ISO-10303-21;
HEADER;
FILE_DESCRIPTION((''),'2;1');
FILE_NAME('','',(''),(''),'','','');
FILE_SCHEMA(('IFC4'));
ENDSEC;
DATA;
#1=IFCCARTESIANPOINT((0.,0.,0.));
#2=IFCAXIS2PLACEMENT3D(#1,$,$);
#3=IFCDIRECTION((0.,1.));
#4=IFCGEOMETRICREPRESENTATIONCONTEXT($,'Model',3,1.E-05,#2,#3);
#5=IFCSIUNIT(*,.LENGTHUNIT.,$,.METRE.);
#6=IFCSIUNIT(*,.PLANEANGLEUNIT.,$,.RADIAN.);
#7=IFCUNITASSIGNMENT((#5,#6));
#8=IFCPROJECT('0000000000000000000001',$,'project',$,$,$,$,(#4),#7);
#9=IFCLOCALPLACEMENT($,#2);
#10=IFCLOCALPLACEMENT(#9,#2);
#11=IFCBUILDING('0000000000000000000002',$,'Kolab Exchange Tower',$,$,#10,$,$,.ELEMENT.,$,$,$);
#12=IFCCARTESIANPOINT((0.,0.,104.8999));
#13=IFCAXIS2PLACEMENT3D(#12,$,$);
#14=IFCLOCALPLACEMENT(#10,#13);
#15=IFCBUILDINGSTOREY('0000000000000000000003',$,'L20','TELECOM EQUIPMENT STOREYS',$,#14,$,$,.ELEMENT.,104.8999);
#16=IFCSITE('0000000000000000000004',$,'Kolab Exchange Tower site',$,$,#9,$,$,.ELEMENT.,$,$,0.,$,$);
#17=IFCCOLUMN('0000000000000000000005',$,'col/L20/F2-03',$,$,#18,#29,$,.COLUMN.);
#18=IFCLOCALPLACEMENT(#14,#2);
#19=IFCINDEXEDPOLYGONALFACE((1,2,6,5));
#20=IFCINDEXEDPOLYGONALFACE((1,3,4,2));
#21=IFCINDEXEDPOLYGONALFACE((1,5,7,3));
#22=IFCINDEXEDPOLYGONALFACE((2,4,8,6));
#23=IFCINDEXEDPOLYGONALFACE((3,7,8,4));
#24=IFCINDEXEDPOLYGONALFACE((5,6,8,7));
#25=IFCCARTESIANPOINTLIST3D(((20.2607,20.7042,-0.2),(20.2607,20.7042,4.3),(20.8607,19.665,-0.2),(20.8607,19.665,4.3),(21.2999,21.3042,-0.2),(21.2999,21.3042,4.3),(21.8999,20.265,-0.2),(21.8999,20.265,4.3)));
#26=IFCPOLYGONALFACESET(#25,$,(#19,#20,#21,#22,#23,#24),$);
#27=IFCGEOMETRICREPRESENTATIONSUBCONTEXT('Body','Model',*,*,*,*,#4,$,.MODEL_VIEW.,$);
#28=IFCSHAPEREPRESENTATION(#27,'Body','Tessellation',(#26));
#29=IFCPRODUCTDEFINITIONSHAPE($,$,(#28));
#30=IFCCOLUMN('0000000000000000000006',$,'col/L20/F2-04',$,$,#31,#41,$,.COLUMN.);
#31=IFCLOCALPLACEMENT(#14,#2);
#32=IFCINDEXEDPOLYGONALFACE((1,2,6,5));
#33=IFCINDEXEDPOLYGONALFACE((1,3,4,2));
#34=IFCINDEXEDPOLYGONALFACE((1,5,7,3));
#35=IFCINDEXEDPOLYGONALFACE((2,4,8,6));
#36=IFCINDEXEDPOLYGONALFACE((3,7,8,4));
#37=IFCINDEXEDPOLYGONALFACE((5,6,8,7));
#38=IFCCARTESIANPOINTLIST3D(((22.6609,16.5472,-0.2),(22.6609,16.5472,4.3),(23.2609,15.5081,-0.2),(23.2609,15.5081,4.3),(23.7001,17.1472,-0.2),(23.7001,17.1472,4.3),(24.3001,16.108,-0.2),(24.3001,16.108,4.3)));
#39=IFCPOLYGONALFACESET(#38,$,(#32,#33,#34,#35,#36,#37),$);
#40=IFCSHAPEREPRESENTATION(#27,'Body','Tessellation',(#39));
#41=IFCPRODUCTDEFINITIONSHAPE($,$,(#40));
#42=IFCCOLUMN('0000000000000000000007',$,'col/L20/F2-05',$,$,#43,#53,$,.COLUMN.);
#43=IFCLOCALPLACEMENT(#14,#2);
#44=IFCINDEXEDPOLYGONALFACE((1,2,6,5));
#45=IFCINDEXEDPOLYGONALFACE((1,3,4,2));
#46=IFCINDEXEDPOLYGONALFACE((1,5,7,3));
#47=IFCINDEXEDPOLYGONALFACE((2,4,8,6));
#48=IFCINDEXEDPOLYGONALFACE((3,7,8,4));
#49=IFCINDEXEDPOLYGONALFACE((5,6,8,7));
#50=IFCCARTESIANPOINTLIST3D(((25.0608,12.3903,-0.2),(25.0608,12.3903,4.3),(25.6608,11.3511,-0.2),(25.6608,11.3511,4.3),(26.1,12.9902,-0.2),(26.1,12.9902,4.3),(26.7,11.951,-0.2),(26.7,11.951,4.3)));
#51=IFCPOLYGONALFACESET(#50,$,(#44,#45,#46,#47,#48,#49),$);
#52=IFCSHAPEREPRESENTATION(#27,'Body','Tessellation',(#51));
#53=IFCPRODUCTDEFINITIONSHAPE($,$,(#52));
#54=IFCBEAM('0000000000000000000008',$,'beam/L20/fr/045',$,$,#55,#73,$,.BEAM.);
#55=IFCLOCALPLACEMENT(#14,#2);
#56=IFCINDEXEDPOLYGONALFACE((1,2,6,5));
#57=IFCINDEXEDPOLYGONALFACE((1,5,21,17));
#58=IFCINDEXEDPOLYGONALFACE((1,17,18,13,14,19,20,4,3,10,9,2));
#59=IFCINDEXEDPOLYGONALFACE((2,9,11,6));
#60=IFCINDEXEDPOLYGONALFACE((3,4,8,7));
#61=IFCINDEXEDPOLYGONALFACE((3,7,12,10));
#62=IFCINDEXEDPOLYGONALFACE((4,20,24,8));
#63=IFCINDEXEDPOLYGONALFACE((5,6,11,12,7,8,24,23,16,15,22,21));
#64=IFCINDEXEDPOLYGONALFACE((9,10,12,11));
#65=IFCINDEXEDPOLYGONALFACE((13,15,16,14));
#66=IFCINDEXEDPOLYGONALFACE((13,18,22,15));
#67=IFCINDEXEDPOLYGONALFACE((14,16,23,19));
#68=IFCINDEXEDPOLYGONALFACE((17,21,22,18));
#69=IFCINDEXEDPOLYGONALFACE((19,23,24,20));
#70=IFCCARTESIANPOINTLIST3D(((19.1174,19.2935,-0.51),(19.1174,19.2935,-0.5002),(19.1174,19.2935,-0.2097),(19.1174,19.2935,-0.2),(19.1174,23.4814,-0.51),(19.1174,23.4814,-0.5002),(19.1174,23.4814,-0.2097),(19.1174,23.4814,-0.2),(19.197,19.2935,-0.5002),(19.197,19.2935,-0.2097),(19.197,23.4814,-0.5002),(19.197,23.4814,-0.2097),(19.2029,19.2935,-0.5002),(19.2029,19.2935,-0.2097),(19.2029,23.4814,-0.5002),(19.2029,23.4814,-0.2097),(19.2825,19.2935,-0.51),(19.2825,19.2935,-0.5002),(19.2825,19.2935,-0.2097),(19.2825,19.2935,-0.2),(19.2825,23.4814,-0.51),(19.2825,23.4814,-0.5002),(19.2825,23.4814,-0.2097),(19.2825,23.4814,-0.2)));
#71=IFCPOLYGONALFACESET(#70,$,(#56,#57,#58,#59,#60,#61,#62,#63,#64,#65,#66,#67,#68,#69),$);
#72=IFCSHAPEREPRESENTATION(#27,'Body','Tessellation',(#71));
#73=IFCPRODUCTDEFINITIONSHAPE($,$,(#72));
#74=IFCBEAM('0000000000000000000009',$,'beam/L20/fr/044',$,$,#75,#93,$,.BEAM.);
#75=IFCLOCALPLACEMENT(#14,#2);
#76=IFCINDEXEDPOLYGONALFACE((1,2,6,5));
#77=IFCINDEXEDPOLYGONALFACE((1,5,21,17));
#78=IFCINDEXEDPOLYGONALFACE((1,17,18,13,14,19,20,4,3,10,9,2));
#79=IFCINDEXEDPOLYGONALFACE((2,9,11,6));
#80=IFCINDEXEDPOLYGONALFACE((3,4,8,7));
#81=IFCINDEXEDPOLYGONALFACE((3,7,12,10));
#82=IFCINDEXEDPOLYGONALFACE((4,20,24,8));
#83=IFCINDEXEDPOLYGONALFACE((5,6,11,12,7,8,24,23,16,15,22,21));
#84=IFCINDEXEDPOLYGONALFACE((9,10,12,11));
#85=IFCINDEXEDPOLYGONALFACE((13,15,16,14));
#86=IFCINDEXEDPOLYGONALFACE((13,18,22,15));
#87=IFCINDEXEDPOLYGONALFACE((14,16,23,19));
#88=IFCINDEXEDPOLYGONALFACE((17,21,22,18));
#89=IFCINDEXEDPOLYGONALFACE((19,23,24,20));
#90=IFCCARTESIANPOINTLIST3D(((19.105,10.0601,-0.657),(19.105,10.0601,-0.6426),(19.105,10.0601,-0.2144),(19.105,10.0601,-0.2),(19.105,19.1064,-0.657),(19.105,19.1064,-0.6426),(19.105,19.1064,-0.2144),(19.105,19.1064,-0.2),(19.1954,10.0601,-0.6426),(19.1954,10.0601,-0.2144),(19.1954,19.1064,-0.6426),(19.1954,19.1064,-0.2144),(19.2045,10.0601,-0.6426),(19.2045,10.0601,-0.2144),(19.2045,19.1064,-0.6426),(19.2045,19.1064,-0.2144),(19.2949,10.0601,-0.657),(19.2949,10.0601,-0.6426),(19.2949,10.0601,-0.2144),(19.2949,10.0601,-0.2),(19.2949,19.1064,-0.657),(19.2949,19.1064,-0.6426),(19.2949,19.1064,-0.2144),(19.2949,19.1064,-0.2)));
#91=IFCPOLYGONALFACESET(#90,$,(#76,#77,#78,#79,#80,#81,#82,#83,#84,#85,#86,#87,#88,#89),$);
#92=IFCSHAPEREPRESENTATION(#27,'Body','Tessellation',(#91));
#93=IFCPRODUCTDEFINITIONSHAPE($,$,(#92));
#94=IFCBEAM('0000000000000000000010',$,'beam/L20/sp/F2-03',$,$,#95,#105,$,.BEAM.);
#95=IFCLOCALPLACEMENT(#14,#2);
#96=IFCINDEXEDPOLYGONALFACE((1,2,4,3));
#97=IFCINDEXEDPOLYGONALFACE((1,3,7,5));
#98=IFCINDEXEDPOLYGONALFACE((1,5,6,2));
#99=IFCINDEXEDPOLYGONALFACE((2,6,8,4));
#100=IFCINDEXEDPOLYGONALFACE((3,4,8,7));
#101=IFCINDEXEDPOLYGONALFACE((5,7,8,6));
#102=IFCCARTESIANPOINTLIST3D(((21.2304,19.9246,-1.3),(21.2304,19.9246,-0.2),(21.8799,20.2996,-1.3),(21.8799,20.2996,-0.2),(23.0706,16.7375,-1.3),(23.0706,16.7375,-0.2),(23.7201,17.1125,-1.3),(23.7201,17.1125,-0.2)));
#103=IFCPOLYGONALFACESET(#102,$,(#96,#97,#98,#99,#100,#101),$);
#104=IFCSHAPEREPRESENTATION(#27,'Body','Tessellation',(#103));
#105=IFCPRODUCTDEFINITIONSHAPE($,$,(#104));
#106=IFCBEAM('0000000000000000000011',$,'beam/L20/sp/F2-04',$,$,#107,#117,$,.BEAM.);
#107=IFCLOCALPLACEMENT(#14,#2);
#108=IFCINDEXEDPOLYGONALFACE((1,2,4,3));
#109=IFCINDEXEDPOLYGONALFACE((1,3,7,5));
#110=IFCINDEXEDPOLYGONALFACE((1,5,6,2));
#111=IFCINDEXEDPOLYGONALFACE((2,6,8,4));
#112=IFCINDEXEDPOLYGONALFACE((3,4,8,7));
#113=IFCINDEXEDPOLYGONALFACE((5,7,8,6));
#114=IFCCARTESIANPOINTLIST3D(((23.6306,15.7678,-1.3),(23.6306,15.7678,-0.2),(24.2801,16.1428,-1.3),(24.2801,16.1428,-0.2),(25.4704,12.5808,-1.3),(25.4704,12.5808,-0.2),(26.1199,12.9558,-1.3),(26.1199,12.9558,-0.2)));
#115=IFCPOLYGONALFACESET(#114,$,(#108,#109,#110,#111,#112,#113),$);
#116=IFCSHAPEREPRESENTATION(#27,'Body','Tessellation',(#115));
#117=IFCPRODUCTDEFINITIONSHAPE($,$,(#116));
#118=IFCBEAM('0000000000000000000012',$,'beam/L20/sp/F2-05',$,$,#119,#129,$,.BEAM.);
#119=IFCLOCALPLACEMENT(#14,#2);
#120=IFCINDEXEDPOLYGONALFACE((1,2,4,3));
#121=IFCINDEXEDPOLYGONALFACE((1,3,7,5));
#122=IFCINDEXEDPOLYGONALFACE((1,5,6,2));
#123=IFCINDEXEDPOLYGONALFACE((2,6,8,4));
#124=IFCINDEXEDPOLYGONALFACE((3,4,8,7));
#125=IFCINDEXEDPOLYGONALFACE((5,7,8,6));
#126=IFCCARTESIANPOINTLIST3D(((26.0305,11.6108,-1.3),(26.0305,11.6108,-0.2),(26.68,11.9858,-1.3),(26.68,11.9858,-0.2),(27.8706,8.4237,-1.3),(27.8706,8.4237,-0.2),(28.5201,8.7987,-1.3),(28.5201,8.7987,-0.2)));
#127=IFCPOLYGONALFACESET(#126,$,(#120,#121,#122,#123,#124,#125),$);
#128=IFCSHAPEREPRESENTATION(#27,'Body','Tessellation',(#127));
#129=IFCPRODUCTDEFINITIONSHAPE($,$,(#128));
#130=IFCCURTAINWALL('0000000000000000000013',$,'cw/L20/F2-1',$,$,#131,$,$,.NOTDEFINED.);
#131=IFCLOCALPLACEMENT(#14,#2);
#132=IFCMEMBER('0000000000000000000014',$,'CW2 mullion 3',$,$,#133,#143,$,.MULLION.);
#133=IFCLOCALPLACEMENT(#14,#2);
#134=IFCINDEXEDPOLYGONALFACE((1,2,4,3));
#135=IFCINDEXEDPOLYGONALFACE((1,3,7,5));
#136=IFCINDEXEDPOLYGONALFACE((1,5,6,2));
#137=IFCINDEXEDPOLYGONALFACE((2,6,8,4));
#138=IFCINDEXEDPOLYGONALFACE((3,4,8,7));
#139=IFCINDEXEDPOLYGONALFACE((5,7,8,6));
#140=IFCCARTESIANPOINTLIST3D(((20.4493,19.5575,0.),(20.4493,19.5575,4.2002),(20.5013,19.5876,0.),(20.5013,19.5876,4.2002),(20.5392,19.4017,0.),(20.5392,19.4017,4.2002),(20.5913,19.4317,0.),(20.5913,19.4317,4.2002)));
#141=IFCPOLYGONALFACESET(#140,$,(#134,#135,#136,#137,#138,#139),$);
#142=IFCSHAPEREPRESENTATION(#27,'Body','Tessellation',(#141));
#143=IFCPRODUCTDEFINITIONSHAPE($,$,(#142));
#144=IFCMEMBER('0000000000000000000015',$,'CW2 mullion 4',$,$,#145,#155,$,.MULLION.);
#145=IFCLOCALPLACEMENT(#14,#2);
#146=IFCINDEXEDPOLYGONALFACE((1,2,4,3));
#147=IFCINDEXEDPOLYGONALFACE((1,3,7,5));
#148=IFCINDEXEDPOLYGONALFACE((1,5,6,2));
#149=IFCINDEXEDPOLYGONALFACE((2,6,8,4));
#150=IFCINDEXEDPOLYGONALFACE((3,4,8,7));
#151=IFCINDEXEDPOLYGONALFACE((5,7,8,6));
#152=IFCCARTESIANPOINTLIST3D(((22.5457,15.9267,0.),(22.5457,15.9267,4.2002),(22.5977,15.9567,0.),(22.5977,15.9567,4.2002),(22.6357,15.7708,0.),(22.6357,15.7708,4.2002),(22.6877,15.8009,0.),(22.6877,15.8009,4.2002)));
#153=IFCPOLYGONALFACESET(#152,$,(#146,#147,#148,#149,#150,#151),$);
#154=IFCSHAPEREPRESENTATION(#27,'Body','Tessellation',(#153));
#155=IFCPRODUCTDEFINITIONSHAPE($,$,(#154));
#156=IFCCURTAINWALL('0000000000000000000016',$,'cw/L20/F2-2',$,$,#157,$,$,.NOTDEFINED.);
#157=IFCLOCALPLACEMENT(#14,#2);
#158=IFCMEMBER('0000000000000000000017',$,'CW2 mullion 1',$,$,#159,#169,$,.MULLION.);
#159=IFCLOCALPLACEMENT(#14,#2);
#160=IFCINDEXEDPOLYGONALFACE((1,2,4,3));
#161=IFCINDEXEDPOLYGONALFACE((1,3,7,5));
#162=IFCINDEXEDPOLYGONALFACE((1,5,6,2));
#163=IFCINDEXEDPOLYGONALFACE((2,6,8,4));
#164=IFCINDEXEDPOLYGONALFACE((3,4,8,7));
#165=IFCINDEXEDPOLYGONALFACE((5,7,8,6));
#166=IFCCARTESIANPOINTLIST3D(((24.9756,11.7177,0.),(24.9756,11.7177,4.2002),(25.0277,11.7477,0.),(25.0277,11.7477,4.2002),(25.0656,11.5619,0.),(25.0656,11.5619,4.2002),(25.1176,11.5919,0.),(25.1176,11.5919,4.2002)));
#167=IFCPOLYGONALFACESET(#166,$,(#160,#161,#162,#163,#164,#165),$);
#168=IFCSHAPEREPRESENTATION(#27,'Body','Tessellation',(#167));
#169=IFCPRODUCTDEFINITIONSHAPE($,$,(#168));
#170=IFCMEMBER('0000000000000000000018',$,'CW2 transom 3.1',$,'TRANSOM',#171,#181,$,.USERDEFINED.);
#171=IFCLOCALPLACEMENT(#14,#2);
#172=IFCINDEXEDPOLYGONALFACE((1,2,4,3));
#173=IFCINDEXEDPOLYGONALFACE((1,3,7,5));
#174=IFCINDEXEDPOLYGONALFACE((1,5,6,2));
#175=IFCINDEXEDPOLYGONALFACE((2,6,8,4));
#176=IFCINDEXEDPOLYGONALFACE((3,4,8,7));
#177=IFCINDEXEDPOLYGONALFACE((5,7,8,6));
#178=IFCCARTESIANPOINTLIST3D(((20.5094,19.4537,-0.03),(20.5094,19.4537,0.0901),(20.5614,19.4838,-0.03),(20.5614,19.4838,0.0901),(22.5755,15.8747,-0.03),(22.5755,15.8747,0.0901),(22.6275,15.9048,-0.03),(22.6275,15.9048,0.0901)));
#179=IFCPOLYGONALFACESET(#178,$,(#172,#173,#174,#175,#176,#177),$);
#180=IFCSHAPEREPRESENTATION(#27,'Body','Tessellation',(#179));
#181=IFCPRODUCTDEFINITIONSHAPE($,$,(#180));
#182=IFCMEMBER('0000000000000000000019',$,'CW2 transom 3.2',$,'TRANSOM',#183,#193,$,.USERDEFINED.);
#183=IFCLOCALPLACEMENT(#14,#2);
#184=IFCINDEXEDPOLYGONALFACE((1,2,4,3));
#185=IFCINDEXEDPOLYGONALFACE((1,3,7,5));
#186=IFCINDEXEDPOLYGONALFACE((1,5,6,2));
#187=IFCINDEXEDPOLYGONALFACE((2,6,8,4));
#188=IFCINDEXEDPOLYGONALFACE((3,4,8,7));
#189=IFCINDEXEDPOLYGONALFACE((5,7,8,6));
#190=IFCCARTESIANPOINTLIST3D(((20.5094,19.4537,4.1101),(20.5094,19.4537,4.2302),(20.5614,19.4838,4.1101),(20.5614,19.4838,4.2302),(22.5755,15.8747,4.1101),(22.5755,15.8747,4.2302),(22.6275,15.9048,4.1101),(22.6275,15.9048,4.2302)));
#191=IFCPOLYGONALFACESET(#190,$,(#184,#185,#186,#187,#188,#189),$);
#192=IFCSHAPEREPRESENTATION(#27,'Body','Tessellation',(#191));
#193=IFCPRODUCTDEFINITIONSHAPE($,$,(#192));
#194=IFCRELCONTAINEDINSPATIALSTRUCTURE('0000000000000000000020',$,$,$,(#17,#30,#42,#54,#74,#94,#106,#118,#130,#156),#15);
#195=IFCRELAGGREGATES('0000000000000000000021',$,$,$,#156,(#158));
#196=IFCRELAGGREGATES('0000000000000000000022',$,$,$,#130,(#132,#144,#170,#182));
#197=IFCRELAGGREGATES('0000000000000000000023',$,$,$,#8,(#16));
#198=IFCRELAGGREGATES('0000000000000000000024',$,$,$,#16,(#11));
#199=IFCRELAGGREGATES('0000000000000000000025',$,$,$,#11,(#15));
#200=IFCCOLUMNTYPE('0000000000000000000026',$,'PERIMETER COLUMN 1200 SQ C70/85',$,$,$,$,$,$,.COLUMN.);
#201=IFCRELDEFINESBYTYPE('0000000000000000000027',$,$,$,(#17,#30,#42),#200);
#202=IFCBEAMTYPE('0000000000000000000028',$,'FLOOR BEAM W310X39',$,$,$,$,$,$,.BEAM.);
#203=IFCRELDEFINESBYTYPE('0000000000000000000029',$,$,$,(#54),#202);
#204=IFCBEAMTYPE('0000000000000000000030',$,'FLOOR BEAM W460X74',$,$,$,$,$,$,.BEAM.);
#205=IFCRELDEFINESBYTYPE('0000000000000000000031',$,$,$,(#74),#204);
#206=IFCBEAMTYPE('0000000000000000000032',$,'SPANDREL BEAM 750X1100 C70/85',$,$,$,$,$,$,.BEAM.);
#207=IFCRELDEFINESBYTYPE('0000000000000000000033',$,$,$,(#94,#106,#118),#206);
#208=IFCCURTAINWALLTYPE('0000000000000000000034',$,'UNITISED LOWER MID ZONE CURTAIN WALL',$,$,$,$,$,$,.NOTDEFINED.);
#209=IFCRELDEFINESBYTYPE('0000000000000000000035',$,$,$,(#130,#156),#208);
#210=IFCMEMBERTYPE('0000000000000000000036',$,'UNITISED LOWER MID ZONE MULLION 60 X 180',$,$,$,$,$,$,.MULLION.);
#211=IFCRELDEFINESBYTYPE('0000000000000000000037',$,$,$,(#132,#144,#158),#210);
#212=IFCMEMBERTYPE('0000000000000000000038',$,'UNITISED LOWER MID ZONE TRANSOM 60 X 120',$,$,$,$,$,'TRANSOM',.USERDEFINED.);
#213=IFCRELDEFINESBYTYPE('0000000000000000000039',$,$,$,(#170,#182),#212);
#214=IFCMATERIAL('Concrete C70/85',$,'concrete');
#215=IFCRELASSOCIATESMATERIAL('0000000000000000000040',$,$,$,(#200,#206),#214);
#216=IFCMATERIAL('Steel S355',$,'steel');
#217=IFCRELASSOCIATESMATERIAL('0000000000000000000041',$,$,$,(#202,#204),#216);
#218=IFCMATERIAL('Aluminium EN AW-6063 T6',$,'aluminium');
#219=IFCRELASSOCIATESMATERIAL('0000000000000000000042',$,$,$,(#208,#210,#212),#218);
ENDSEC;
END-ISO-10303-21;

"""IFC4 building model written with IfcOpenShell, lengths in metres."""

from ifc_helpers import new_model, si_unit, direction, frame, origin, origin_2d, place, context, subcontext, project, spatial, rectangle, i_section, extrude, material, material_profile, profile_set, type_object, element, aggregate, save


model = new_model("IFC4")

# Units and contexts
model_context = context("Model", 3, precision=1e-05, world=origin(), true_north=direction((0.0, 1.0)))
body_context = subcontext(model_context, "Body", "Model", "MODEL_VIEW")
ifc_project = project(units=[si_unit("LENGTHUNIT", "METRE"), si_unit("PLANEANGLEUNIT", "RADIAN")], contexts=[model_context])

# Site, building, storey
site_placement = place(None, origin())
site = spatial("IfcSite", under=ifc_project, at=site_placement, Name="Kolab Exchange Tower site", CompositionType="ELEMENT", RefElevation=0.0)
building_placement = place(site_placement, origin())
building = spatial("IfcBuilding", under=site, at=building_placement, Name="Kolab Exchange Tower", CompositionType="ELEMENT")
storey_placement = place(building_placement, frame((0.0, 0.0, 104.8999)))
storey = spatial("IfcBuildingStorey", under=building, at=storey_placement, Name="L20", Description="TELECOM EQUIPMENT STOREYS", CompositionType="ELEMENT", Elevation=104.8999)

# Columns
ifc_material_1 = material(Name="Concrete C70/85", Category="concrete")
ifc_material_profile_1 = material_profile(ifc_material_1, rectangle(XDim=1.2, YDim=1.2, at=origin_2d()), Name="RC1200")
ifc_profile_set_1 = profile_set([ifc_material_profile_1], Name="Concrete C70/85")
column_type = type_object("IfcColumnType", Name="PERIMETER COLUMN 1200 SQ C70/85", PredefinedType="COLUMN", material=ifc_profile_set_1)
for number, where, z_axis, x_axis, name in (
    (1, (21.0803, 20.4846, -0.2), (0.0, 0.0, 1.0), (0.866025, 0.5, 0.0), "col/L20/F2-03"),
    (2, (23.4805, 16.3276, -0.2), (0.0, 0.0, 1.0), (0.866025, 0.5, 0.0), "col/L20/F2-04"),
    (3, (25.8804, 12.1707, -0.2), (0.0, 0.0, 1.0), (0.866025, 0.5, 0.0), "col/L20/F2-05"),
):
    element("IfcColumn", number, at=place(storey_placement, frame(where, z_axis=z_axis, x_axis=x_axis)), inside=storey, type_object=column_type, Name=name, PredefinedType="COLUMN", context=body_context, shape_type="SweptSolid", body=[
        extrude(rectangle(XDim=1.2, YDim=1.2, at=origin_2d()), origin(), (0.0, 0.0, 1.0), 4.5),
    ])

# Beams
ifc_material_2 = material(Name="Steel S355", Category="steel")
ifc_material_profile_2 = material_profile(ifc_material_2, i_section(OverallWidth=0.165, OverallDepth=0.3101, WebThickness=0.0059, FlangeThickness=0.0098, at=origin_2d()), Name="W310X39")
ifc_profile_set_2 = profile_set([ifc_material_profile_2], Name="Steel S355")
beam_type_1 = type_object("IfcBeamType", Name="FLOOR BEAM W310X39", PredefinedType="BEAM", material=ifc_profile_set_2)
beam_1_placement = place(storey_placement, frame((19.2, 19.2935, -0.355), z_axis=(0.0, 1.0, 0.0), x_axis=(-1.0, 0.0, 0.0)))
element("IfcBeam", 4, at=beam_1_placement, inside=storey, type_object=beam_type_1, Name="beam/L20/fr/045", PredefinedType="BEAM", context=body_context, shape_type="SweptSolid", body=[
    extrude(i_section(OverallWidth=0.165, OverallDepth=0.3101, WebThickness=0.0059, FlangeThickness=0.0098, at=origin_2d()), origin(), (0.0, 0.0, 1.0), 4.188),
])
ifc_material_profile_3 = material_profile(ifc_material_2, i_section(OverallWidth=0.1899, OverallDepth=0.457, WebThickness=0.009, FlangeThickness=0.0144, at=origin_2d()), Name="W460X74")
ifc_profile_set_3 = profile_set([ifc_material_profile_3], Name="Steel S355")
beam_type_2 = type_object("IfcBeamType", Name="FLOOR BEAM W460X74", PredefinedType="BEAM", material=ifc_profile_set_3)
beam_2_placement = place(storey_placement, frame((19.2, 10.0601, -0.4285), z_axis=(0.0, 1.0, 0.0), x_axis=(-1.0, 0.0, 0.0)))
element("IfcBeam", 5, at=beam_2_placement, inside=storey, type_object=beam_type_2, Name="beam/L20/fr/044", PredefinedType="BEAM", context=body_context, shape_type="SweptSolid", body=[
    extrude(i_section(OverallWidth=0.1899, OverallDepth=0.457, WebThickness=0.009, FlangeThickness=0.0144, at=origin_2d()), origin(), (0.0, 0.0, 1.0), 9.0464),
])
ifc_material_profile_4 = material_profile(ifc_material_1, rectangle(XDim=0.75, YDim=1.1001, at=origin_2d()), Name="RC750X1100")
ifc_profile_set_4 = profile_set([ifc_material_profile_4], Name="Concrete C70/85")
beam_type_3 = type_object("IfcBeamType", Name="SPANDREL BEAM 750X1100 C70/85", PredefinedType="BEAM", material=ifc_profile_set_4)
beam_3_placement = place(storey_placement, frame((21.5552, 20.1121, -0.75), z_axis=(0.500013, -0.866018, 0.0), x_axis=(0.866018, 0.500013, 0.0)))
element("IfcBeam", 6, at=beam_3_placement, inside=storey, type_object=beam_type_3, Name="beam/L20/sp/F2-03", PredefinedType="BEAM", context=body_context, shape_type="SweptSolid", body=[
    extrude(rectangle(XDim=0.75, YDim=1.1001, at=origin_2d()), origin(), (0.0, 0.0, 1.0), 3.6802),
])
beam_4_placement = place(storey_placement, frame((23.9553, 15.9553, -0.75), z_axis=(0.499964, -0.866046, 0.0), x_axis=(0.866046, 0.499964, 0.0)))
element("IfcBeam", 7, at=beam_4_placement, inside=storey, type_object=beam_type_3, Name="beam/L20/sp/F2-04", PredefinedType="BEAM", context=body_context, shape_type="SweptSolid", body=[
    extrude(rectangle(XDim=0.75, YDim=1.1001, at=origin_2d()), origin(), (0.0, 0.0, 1.0), 3.6799),
])
beam_5_placement = place(storey_placement, frame((26.3552, 11.7983, -0.75), z_axis=(0.500013, -0.866018, 0.0), x_axis=(0.866018, 0.500013, 0.0)))
element("IfcBeam", 8, at=beam_5_placement, inside=storey, type_object=beam_type_3, Name="beam/L20/sp/F2-05", PredefinedType="BEAM", context=body_context, shape_type="SweptSolid", body=[
    extrude(rectangle(XDim=0.75, YDim=1.1001, at=origin_2d()), origin(), (0.0, 0.0, 1.0), 3.6802),
])

# Curtain wall, members
ifc_material_3 = material(Name="Aluminium EN AW-6063 T6", Category="aluminium")
curtain_wall_type = type_object("IfcCurtainWallType", Name="UNITISED LOWER MID ZONE CURTAIN WALL", PredefinedType="NOTDEFINED", material=ifc_material_3)
curtain_wall_1_placement = place(storey_placement, origin())
curtain_wall_1 = element("IfcCurtainWall", 9, at=curtain_wall_1_placement, inside=storey, type_object=curtain_wall_type, Name="cw/L20/F2-1", PredefinedType="NOTDEFINED")
ifc_material_profile_5 = material_profile(ifc_material_3, rectangle(XDim=0.0601, YDim=0.1799, at=origin_2d()), Name="RECT 60X180")
ifc_profile_set_5 = profile_set([ifc_material_profile_5], Name="Aluminium EN AW-6063 T6")
member_type_1 = type_object("IfcMemberType", Name="UNITISED LOWER MID ZONE MULLION 60 X 180", PredefinedType="MULLION", material=ifc_profile_set_5)
member_1_placement = place(storey_placement, frame((20.5203, 19.4946, 0.0), z_axis=(0.0, 0.0, 1.0), x_axis=(0.866025, 0.5, 0.0)))
member_1 = element("IfcMember", 10, at=member_1_placement, type_object=member_type_1, Name="CW2 mullion 3", PredefinedType="MULLION", context=body_context, shape_type="SweptSolid", body=[
    extrude(rectangle(XDim=0.0601, YDim=0.1799, at=origin_2d()), origin(), (0.0, 0.0, 1.0), 4.2002),
])
member_2_placement = place(storey_placement, frame((22.6167, 15.8638, 0.0), z_axis=(0.0, 0.0, 1.0), x_axis=(0.866025, 0.5, 0.0)))
member_2 = element("IfcMember", 11, at=member_2_placement, type_object=member_type_1, Name="CW2 mullion 4", PredefinedType="MULLION", context=body_context, shape_type="SweptSolid", body=[
    extrude(rectangle(XDim=0.0601, YDim=0.1799, at=origin_2d()), origin(), (0.0, 0.0, 1.0), 4.2002),
])

# Curtain wall, member
curtain_wall_2_placement = place(storey_placement, origin())
curtain_wall_2 = element("IfcCurtainWall", 12, at=curtain_wall_2_placement, inside=storey, type_object=curtain_wall_type, Name="cw/L20/F2-2", PredefinedType="NOTDEFINED")
member_3_placement = place(storey_placement, frame((25.0466, 11.6548, 0.0), z_axis=(0.0, 0.0, 1.0), x_axis=(0.866025, 0.5, 0.0)))
member_3 = element("IfcMember", 13, at=member_3_placement, type_object=member_type_1, Name="CW2 mullion 1", PredefinedType="MULLION", context=body_context, shape_type="SweptSolid", body=[
    extrude(rectangle(XDim=0.0601, YDim=0.1799, at=origin_2d()), origin(), (0.0, 0.0, 1.0), 4.2002),
])

# Members
ifc_material_profile_6 = material_profile(ifc_material_3, rectangle(XDim=0.0601, YDim=0.1201, at=origin_2d()), Name="RECT 60X120")
ifc_profile_set_6 = profile_set([ifc_material_profile_6], Name="Aluminium EN AW-6063 T6")
member_type_2 = type_object("IfcMemberType", Name="UNITISED LOWER MID ZONE TRANSOM 60 X 120", ElementType="TRANSOM", PredefinedType="USERDEFINED", material=ifc_profile_set_6)
member_4_placement = place(storey_placement, frame((20.5354, 19.4688, 0.03), z_axis=(0.499958, -0.86605, 0.0), x_axis=(0.86605, 0.499958, 0.0)))
member_4 = element("IfcMember", 14, at=member_4_placement, type_object=member_type_2, Name="CW2 transom 3.1", ObjectType="TRANSOM", PredefinedType="USERDEFINED", context=body_context, shape_type="SweptSolid", body=[
    extrude(rectangle(XDim=0.0601, YDim=0.1201, at=origin_2d()), origin(), (0.0, 0.0, 1.0), 4.1326),
])
member_5_placement = place(storey_placement, frame((20.5354, 19.4688, 4.1702), z_axis=(0.499958, -0.86605, 0.0), x_axis=(0.86605, 0.499958, 0.0)))
member_5 = element("IfcMember", 15, at=member_5_placement, type_object=member_type_2, Name="CW2 transom 3.2", ObjectType="TRANSOM", PredefinedType="USERDEFINED", context=body_context, shape_type="SweptSolid", body=[
    extrude(rectangle(XDim=0.0601, YDim=0.1201, at=origin_2d()), origin(), (0.0, 0.0, 1.0), 4.1326),
])
aggregate(curtain_wall_2, [member_3])

aggregate(curtain_wall_1, [member_1, member_2, member_4, member_5])

save(model, "model.ifc")
